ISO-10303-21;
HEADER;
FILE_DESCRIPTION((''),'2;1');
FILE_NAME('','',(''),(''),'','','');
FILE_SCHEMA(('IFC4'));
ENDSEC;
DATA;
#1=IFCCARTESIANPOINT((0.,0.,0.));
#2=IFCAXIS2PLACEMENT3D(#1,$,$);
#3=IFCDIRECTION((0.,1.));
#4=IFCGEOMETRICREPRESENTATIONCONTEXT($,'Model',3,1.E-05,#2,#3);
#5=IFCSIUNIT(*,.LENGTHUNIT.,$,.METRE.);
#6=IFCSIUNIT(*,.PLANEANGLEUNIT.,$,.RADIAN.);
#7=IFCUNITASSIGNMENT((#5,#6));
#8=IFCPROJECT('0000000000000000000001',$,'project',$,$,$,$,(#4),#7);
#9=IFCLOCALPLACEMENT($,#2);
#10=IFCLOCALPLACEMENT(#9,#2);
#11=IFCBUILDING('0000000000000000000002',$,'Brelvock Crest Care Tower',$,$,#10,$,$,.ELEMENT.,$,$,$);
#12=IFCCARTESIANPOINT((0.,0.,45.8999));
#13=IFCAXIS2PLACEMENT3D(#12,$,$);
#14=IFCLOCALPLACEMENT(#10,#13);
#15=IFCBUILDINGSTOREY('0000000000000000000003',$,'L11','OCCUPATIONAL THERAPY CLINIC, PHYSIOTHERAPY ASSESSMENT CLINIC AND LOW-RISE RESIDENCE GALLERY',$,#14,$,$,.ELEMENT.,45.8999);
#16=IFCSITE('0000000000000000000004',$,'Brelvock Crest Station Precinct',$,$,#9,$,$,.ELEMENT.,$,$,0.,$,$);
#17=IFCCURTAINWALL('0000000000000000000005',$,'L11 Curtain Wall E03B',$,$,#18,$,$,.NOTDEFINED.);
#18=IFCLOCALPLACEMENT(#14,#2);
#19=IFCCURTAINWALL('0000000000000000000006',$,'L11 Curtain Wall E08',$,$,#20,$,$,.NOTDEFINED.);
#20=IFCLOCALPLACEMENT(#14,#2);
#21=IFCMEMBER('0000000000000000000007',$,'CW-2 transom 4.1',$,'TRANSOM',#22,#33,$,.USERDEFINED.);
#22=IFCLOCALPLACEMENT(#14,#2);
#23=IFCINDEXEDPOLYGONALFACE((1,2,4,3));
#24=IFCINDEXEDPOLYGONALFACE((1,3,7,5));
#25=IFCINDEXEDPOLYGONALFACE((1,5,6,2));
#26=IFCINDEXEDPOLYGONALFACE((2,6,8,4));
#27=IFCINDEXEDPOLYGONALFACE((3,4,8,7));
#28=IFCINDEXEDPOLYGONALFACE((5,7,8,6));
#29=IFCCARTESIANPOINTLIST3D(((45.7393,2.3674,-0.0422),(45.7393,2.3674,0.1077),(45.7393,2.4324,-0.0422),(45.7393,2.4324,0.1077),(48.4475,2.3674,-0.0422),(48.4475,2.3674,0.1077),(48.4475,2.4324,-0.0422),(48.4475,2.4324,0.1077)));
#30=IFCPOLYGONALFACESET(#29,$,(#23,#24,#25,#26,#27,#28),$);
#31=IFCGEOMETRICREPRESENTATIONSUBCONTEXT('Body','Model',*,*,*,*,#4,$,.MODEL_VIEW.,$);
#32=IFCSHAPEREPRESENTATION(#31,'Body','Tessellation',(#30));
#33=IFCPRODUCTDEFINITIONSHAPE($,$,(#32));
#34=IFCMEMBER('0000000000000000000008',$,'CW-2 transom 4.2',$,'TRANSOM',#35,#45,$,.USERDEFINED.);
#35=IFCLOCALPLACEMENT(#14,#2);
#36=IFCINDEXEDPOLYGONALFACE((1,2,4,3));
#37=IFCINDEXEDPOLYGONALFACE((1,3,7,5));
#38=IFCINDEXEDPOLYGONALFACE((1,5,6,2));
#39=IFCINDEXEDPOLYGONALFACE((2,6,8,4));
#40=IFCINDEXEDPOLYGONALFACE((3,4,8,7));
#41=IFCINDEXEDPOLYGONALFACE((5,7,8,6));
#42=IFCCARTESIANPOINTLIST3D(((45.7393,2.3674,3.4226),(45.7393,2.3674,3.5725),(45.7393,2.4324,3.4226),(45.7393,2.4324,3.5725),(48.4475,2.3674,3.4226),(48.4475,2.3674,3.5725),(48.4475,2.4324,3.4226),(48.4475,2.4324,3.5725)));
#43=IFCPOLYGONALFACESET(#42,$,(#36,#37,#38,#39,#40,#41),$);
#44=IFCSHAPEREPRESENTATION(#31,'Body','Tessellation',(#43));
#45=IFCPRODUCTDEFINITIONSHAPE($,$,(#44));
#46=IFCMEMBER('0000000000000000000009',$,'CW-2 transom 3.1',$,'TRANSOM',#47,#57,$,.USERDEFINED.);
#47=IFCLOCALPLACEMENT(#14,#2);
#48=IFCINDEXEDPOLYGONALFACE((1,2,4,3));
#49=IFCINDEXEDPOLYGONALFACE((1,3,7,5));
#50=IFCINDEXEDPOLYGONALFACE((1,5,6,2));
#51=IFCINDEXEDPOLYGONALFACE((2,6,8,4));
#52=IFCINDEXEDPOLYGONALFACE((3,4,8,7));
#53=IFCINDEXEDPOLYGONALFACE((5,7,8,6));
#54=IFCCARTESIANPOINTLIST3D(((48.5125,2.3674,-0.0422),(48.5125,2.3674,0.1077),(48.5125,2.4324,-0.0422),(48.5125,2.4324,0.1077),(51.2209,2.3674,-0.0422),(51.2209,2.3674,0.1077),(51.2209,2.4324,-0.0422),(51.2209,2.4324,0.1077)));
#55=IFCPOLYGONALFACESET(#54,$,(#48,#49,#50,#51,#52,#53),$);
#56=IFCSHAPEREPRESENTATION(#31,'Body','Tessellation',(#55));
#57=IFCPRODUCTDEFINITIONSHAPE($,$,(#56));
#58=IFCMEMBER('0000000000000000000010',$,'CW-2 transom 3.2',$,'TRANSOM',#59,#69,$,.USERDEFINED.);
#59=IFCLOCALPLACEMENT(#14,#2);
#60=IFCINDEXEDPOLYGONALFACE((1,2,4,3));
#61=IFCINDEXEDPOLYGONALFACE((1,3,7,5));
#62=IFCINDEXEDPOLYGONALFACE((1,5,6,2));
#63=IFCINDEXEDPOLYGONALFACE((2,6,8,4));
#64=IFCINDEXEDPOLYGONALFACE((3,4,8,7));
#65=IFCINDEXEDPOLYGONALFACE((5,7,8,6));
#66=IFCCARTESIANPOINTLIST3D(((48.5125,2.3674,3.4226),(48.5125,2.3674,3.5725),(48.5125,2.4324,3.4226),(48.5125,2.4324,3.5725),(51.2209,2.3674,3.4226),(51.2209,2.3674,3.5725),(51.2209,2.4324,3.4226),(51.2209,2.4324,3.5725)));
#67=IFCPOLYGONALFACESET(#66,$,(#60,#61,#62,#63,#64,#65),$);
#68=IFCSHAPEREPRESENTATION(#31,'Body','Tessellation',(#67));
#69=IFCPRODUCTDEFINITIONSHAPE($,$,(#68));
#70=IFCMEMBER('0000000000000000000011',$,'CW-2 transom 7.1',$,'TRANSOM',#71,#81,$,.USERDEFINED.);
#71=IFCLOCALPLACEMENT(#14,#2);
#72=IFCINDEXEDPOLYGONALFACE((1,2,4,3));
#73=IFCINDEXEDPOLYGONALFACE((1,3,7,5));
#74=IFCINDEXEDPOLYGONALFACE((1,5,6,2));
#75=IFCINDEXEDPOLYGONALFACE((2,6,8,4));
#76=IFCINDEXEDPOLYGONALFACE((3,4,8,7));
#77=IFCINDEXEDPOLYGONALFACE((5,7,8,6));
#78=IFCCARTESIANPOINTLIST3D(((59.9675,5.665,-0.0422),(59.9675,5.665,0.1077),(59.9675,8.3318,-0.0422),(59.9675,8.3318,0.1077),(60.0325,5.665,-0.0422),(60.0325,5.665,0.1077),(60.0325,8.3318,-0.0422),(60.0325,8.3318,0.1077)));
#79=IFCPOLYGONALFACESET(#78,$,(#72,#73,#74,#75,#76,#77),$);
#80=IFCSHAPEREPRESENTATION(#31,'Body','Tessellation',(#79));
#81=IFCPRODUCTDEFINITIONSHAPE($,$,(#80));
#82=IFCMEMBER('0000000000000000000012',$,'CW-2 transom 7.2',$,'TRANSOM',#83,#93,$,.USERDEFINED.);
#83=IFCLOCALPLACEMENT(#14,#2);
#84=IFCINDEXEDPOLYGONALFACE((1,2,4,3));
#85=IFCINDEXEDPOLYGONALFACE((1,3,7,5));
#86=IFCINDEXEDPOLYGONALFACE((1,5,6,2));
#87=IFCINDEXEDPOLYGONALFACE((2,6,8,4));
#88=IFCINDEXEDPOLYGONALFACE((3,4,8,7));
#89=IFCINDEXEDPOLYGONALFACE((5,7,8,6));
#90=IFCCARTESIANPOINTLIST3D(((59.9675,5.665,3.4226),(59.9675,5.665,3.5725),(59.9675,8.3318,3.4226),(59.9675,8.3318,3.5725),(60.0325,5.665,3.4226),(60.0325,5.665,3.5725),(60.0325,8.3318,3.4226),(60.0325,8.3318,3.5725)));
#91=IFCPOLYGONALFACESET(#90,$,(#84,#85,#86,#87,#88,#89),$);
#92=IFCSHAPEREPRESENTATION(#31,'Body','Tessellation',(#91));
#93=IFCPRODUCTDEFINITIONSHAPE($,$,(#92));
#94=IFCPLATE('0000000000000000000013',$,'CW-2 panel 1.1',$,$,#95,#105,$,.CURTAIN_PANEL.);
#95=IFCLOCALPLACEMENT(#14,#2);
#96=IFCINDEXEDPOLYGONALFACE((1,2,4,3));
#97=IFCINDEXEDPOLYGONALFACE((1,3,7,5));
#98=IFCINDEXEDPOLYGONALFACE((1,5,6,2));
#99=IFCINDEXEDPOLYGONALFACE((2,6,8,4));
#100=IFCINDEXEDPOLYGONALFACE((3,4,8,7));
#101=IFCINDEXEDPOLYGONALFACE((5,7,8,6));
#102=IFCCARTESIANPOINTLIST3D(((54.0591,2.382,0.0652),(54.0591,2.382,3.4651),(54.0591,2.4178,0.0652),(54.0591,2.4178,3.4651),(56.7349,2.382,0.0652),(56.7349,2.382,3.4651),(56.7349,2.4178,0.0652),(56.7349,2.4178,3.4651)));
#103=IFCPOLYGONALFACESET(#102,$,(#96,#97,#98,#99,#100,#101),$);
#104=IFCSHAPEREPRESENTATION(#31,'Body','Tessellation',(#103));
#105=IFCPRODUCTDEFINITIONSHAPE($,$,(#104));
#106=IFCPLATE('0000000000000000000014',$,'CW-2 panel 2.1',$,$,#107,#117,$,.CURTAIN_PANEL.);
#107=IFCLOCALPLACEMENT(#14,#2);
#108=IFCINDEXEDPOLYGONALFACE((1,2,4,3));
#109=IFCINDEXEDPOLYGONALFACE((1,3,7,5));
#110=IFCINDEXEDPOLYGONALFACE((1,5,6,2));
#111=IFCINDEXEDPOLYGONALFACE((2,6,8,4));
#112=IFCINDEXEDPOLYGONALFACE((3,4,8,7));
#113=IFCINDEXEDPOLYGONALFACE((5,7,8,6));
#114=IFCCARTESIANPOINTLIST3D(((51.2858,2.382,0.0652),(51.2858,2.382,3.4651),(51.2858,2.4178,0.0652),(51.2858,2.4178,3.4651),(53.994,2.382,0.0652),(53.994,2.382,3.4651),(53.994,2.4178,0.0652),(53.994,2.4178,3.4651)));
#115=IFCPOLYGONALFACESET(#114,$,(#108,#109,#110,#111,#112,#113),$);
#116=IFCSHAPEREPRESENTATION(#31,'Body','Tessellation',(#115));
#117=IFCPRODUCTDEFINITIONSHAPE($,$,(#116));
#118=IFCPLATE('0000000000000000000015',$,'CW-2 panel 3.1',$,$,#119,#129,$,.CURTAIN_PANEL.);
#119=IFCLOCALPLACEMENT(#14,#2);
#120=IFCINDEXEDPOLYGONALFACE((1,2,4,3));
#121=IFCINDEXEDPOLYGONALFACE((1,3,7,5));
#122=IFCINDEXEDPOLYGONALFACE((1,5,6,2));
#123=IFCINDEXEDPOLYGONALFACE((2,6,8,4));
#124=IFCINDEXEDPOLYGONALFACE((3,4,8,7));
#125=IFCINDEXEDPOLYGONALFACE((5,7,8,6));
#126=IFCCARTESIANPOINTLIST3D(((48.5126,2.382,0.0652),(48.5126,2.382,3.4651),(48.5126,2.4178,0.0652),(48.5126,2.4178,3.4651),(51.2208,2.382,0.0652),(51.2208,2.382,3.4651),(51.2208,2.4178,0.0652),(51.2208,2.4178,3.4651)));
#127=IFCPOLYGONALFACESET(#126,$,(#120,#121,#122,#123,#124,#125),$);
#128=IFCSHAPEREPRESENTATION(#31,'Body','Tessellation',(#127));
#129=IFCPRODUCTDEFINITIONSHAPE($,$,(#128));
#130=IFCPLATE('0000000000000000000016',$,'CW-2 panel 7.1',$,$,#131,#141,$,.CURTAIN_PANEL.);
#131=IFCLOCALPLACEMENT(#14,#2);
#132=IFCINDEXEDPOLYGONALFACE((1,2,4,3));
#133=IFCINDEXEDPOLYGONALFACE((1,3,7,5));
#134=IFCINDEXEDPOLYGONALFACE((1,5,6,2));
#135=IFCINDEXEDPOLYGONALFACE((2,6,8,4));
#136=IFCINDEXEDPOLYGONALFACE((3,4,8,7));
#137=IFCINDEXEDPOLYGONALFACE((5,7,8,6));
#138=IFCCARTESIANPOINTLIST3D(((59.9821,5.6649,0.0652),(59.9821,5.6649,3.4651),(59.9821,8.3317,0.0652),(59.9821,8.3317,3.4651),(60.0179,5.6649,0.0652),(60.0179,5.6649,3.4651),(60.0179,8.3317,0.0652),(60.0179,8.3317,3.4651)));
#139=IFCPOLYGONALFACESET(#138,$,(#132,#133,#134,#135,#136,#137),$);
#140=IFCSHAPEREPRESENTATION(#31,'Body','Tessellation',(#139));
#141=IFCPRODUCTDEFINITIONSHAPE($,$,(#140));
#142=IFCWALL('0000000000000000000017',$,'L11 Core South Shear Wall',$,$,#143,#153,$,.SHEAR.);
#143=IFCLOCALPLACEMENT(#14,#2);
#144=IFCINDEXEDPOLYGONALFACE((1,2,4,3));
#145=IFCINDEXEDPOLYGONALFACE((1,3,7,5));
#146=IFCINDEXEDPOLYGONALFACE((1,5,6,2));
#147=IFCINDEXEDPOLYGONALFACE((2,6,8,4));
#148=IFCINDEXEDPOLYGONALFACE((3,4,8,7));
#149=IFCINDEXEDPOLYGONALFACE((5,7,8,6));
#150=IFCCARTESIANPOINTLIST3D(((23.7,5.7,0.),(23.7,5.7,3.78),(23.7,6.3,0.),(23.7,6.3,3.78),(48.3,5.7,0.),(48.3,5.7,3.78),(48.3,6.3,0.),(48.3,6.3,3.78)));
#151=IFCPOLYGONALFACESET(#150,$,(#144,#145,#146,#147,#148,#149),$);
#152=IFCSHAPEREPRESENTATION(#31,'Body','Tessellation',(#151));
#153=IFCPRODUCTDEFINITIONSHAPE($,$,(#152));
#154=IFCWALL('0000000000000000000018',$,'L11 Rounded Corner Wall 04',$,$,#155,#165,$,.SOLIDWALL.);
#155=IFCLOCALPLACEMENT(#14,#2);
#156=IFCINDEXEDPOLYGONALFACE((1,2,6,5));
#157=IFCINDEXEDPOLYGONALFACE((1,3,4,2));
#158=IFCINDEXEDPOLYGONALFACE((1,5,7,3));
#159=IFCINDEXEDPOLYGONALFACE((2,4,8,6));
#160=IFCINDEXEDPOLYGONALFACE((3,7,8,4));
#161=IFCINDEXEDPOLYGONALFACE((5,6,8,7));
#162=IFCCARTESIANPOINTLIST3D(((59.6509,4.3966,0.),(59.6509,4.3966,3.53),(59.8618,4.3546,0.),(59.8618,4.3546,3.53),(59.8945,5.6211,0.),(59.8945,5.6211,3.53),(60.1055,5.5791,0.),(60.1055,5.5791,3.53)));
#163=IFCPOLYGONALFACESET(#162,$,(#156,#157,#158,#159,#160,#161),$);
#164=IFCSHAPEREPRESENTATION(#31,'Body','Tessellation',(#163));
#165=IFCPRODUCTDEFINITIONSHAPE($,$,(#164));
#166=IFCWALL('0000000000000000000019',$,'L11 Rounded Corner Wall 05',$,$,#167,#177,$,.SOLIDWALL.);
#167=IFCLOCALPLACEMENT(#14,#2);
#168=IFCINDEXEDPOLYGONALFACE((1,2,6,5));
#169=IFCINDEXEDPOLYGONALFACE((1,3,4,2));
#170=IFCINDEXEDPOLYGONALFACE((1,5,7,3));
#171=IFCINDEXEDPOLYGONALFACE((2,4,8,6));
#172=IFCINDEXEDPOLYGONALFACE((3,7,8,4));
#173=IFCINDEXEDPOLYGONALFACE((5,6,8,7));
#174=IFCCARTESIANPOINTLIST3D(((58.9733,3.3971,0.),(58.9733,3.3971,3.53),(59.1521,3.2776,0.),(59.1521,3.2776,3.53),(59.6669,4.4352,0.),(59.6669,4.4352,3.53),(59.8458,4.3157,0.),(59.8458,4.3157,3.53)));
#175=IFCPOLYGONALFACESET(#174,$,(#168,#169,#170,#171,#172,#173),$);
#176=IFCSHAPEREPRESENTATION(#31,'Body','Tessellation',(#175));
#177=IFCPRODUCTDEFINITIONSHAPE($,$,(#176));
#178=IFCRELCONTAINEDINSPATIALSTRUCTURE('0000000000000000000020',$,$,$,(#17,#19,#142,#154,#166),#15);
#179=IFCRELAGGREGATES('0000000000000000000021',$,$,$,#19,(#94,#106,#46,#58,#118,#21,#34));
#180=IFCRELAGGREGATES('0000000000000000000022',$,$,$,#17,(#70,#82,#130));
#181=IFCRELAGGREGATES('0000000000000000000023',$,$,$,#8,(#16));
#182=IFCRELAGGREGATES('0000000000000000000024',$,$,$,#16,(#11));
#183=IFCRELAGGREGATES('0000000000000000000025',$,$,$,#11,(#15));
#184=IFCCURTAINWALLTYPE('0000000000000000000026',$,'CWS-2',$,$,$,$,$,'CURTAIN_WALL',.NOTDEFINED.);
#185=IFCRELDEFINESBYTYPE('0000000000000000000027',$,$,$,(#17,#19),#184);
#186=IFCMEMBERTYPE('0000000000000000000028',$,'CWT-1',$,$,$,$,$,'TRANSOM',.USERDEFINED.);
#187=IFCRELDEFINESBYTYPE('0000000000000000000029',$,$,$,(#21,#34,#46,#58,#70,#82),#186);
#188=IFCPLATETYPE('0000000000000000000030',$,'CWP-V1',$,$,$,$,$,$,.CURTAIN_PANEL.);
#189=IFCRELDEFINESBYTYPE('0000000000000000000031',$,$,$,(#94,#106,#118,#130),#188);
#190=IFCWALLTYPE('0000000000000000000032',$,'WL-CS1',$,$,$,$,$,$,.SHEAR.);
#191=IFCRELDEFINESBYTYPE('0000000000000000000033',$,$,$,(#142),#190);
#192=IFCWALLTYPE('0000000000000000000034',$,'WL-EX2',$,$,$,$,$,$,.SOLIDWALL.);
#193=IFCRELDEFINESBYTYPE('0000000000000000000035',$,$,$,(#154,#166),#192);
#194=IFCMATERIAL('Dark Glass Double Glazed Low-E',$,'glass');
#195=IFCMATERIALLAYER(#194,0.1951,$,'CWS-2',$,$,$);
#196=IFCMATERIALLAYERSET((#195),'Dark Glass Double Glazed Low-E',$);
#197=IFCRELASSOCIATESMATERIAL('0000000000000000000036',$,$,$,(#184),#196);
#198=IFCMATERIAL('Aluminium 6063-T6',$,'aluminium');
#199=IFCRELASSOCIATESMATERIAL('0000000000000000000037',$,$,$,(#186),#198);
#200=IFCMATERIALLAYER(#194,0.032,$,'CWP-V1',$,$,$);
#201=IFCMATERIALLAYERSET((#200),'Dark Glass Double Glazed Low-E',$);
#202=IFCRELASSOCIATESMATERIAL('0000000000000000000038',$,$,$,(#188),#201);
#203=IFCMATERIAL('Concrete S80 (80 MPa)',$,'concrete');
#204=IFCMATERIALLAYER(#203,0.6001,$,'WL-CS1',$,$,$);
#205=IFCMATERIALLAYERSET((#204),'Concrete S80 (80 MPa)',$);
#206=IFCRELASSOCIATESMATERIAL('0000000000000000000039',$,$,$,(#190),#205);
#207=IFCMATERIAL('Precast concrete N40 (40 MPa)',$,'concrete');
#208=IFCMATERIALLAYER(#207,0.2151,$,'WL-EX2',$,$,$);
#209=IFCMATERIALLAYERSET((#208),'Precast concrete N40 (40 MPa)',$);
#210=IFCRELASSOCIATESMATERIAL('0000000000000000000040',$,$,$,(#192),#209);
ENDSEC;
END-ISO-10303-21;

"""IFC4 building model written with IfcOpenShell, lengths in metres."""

from ifc_helpers import new_model, si_unit, direction, frame, frame_2d, origin, origin_2d, place, context, subcontext, project, spatial, rectangle, extrude, source, transform, mapped, material, layer, layer_set, material_profile, profile_set, type_object, element, aggregate, save


model = new_model("IFC4")

# Units and contexts
model_context = context("Model", 3, precision=1e-05, world=origin(), true_north=direction((0.0, 1.0)))
body_context = subcontext(model_context, "Body", "Model", "MODEL_VIEW")
ifc_project = project(units=[si_unit("LENGTHUNIT", "METRE"), si_unit("PLANEANGLEUNIT", "RADIAN")], contexts=[model_context])

# Site, building, storey
site_placement = place(None, origin())
site = spatial("IfcSite", under=ifc_project, at=site_placement, Name="Brelvock Crest Station Precinct", CompositionType="ELEMENT", RefElevation=0.0)
building_placement = place(site_placement, origin())
building = spatial("IfcBuilding", under=site, at=building_placement, Name="Brelvock Crest Care Tower", CompositionType="ELEMENT")
storey_placement = place(building_placement, frame((0.0, 0.0, 45.8999)))
storey = spatial("IfcBuildingStorey", under=building, at=storey_placement, Name="L11", Description="OCCUPATIONAL THERAPY CLINIC, PHYSIOTHERAPY ASSESSMENT CLINIC AND LOW-RISE RESIDENCE GALLERY", CompositionType="ELEMENT", Elevation=45.8999)

# Shared definitions
ifc_material_1 = material(Name="Concrete S80 (80 MPa)", Category="concrete")

# Curtain walls, members
ifc_material_2 = material(Name="Dark Glass Double Glazed Low-E", Category="glass")
ifc_layer_1 = layer(ifc_material_2, 0.1951, Name="CWS-2")
ifc_layer_set_1 = layer_set([ifc_layer_1], Name="Dark Glass Double Glazed Low-E")
curtain_wall_type = type_object("IfcCurtainWallType", Name="CWS-2", ElementType="CURTAIN_WALL", PredefinedType="NOTDEFINED", material=ifc_layer_set_1)
curtain_wall_1_placement = place(storey_placement, origin())
curtain_wall_1 = element("IfcCurtainWall", 1, at=curtain_wall_1_placement, inside=storey, type_object=curtain_wall_type, Name="L11 Curtain Wall E03B", PredefinedType="NOTDEFINED")
ifc_material_3 = material(Name="Aluminium 6063-T6", Category="aluminium")
curtain_wall_2_placement = place(storey_placement, origin())
curtain_wall_2 = element("IfcCurtainWall", 2, at=curtain_wall_2_placement, inside=storey, type_object=curtain_wall_type, Name="L11 Curtain Wall E08", PredefinedType="NOTDEFINED")
ifc_material_profile_1 = material_profile(ifc_material_3, rectangle(XDim=0.0649, YDim=0.1499, at=origin_2d()), Name="ALU65x150")
ifc_profile_set_1 = profile_set([ifc_material_profile_1], Name="Aluminium 6063-T6")
member_type_1 = type_object("IfcMemberType", Name="CWT-1", ElementType="TRANSOM", PredefinedType="USERDEFINED", material=ifc_profile_set_1)
shared_shape_1 = source(origin(), body_context, "Body", "SweptSolid", [
    extrude(rectangle(XDim=0.0649, YDim=0.1499, at=origin_2d()), origin(), (0.0, 0.0, 1.0), 2.7083),
])
member_1_placement = place(storey_placement, frame((48.4475, 2.3999, 0.0327), z_axis=(-1.0, 0.0, 0.0), x_axis=(0.0, -1.0, 0.0)))
member_1 = element("IfcMember", 3, at=member_1_placement, type_object=member_type_1, Name="CW-2 transom 4.1", ObjectType="TRANSOM", PredefinedType="USERDEFINED", context=body_context, shape_type="MappedRepresentation", body=[
    mapped(shared_shape_1, transform((0.0, 0.0, 0.0), x_axis=(1.0, 0.0, 0.0), y_axis=(0.0, 1.0, 0.0), z_axis=(0.0, 0.0, 1.0), scale=1.0)),
])
member_2_placement = place(storey_placement, frame((48.4475, 2.3999, 3.4976), z_axis=(-1.0, 0.0, 0.0), x_axis=(0.0, -1.0, 0.0)))
member_2 = element("IfcMember", 4, at=member_2_placement, type_object=member_type_1, Name="CW-2 transom 4.2", ObjectType="TRANSOM", PredefinedType="USERDEFINED", context=body_context, shape_type="MappedRepresentation", body=[
    mapped(shared_shape_1, transform((0.0, 0.0, 0.0), x_axis=(1.0, 0.0, 0.0), y_axis=(0.0, 1.0, 0.0), z_axis=(0.0, 0.0, 1.0), scale=1.0)),
])
shared_shape_2 = source(origin(), body_context, "Body", "SweptSolid", [
    extrude(rectangle(XDim=0.0649, YDim=0.1499, at=origin_2d()), origin(), (0.0, 0.0, 1.0), 2.7085),
])
member_3_placement = place(storey_placement, frame((51.2209, 2.3999, 0.0327), z_axis=(-1.0, 0.0, 0.0), x_axis=(0.0, -1.0, 0.0)))
member_3 = element("IfcMember", 5, at=member_3_placement, type_object=member_type_1, Name="CW-2 transom 3.1", ObjectType="TRANSOM", PredefinedType="USERDEFINED", context=body_context, shape_type="MappedRepresentation", body=[
    mapped(shared_shape_2, transform((0.0, 0.0, 0.0), x_axis=(1.0, 0.0, 0.0), y_axis=(0.0, 1.0, 0.0), z_axis=(0.0, 0.0, 1.0), scale=1.0)),
])
member_4_placement = place(storey_placement, frame((51.2209, 2.3999, 3.4976), z_axis=(-1.0, 0.0, 0.0), x_axis=(0.0, -1.0, 0.0)))
member_4 = element("IfcMember", 6, at=member_4_placement, type_object=member_type_1, Name="CW-2 transom 3.2", ObjectType="TRANSOM", PredefinedType="USERDEFINED", context=body_context, shape_type="MappedRepresentation", body=[
    mapped(shared_shape_2, transform((0.0, 0.0, 0.0), x_axis=(1.0, 0.0, 0.0), y_axis=(0.0, 1.0, 0.0), z_axis=(0.0, 0.0, 1.0), scale=1.0)),
])

# Members
shared_shape_3 = source(origin(), body_context, "Body", "SweptSolid", [
    extrude(rectangle(XDim=0.0649, YDim=0.1499, at=origin_2d()), origin(), (0.0, 0.0, 1.0), 2.6667),
])
member_5_placement = place(storey_placement, frame((60.0, 8.3318, 0.0327), z_axis=(0.0, -1.0, 0.0), x_axis=(1.0, 0.0, 0.0)))
member_5 = element("IfcMember", 7, at=member_5_placement, type_object=member_type_1, Name="CW-2 transom 7.1", ObjectType="TRANSOM", PredefinedType="USERDEFINED", context=body_context, shape_type="MappedRepresentation", body=[
    mapped(shared_shape_3, transform((0.0, 0.0, 0.0), x_axis=(1.0, 0.0, 0.0), y_axis=(0.0, 1.0, 0.0), z_axis=(0.0, 0.0, 1.0), scale=1.0)),
])
member_6_placement = place(storey_placement, frame((60.0, 8.3318, 3.4976), z_axis=(0.0, -1.0, 0.0), x_axis=(1.0, 0.0, 0.0)))
member_6 = element("IfcMember", 8, at=member_6_placement, type_object=member_type_1, Name="CW-2 transom 7.2", ObjectType="TRANSOM", PredefinedType="USERDEFINED", context=body_context, shape_type="MappedRepresentation", body=[
    mapped(shared_shape_3, transform((0.0, 0.0, 0.0), x_axis=(1.0, 0.0, 0.0), y_axis=(0.0, 1.0, 0.0), z_axis=(0.0, 0.0, 1.0), scale=1.0)),
])

# Plates
ifc_layer_2 = layer(ifc_material_2, 0.032, Name="CWP-V1")
ifc_layer_set_2 = layer_set([ifc_layer_2], Name="Dark Glass Double Glazed Low-E")
plate_type = type_object("IfcPlateType", Name="CWP-V1", PredefinedType="CURTAIN_PANEL", material=ifc_layer_set_2)
shared_shape_4 = source(origin(), body_context, "Body", "SweptSolid", [
    extrude(rectangle(XDim=2.6758, YDim=0.0359, at=origin_2d()), origin(), (0.0, 0.0, 1.0), 3.3999),
])
plate_1_placement = place(storey_placement, frame((55.397, 2.3999, 0.0652), z_axis=(0.0, 0.0, 1.0), x_axis=(-1.0, 0.0, 0.0)))
plate_1 = element("IfcPlate", 9, at=plate_1_placement, type_object=plate_type, Name="CW-2 panel 1.1", PredefinedType="CURTAIN_PANEL", context=body_context, shape_type="MappedRepresentation", body=[
    mapped(shared_shape_4, transform((0.0, 0.0, 0.0), x_axis=(1.0, 0.0, 0.0), y_axis=(0.0, 1.0, 0.0), z_axis=(0.0, 0.0, 1.0), scale=1.0)),
])
shared_shape_5 = source(origin(), body_context, "Body", "SweptSolid", [
    extrude(rectangle(XDim=2.7083, YDim=0.0359, at=origin_2d()), origin(), (0.0, 0.0, 1.0), 3.3999),
])
plate_2_placement = place(storey_placement, frame((52.6399, 2.3999, 0.0652), z_axis=(0.0, 0.0, 1.0), x_axis=(-1.0, 0.0, 0.0)))
plate_2 = element("IfcPlate", 10, at=plate_2_placement, type_object=plate_type, Name="CW-2 panel 2.1", PredefinedType="CURTAIN_PANEL", context=body_context, shape_type="MappedRepresentation", body=[
    mapped(shared_shape_5, transform((0.0, 0.0, 0.0), x_axis=(1.0, 0.0, 0.0), y_axis=(0.0, 1.0, 0.0), z_axis=(0.0, 0.0, 1.0), scale=1.0)),
])
plate_3_placement = place(storey_placement, frame((49.8667, 2.3999, 0.0652), z_axis=(0.0, 0.0, 1.0), x_axis=(-1.0, 0.0, 0.0)))
plate_3 = element("IfcPlate", 11, at=plate_3_placement, type_object=plate_type, Name="CW-2 panel 3.1", PredefinedType="CURTAIN_PANEL", context=body_context, shape_type="MappedRepresentation", body=[
    mapped(shared_shape_5, transform((0.0, 0.0, 0.0), x_axis=(1.0, 0.0, 0.0), y_axis=(0.0, 1.0, 0.0), z_axis=(0.0, 0.0, 1.0), scale=1.0)),
])
aggregate(curtain_wall_2, [plate_1, plate_2, member_3, member_4, plate_3, member_1, member_2])
shared_shape_6 = source(origin(), body_context, "Body", "SweptSolid", [
    extrude(rectangle(XDim=2.6667, YDim=0.0359, at=origin_2d()), origin(), (0.0, 0.0, 1.0), 3.3999),
])
plate_4_placement = place(storey_placement, frame((60.0, 6.9983, 0.0652), z_axis=(0.0, 0.0, 1.0), x_axis=(0.0, -1.0, 0.0)))
plate_4 = element("IfcPlate", 12, at=plate_4_placement, type_object=plate_type, Name="CW-2 panel 7.1", PredefinedType="CURTAIN_PANEL", context=body_context, shape_type="MappedRepresentation", body=[
    mapped(shared_shape_6, transform((0.0, 0.0, 0.0), x_axis=(1.0, 0.0, 0.0), y_axis=(0.0, 1.0, 0.0), z_axis=(0.0, 0.0, 1.0), scale=1.0)),
])
aggregate(curtain_wall_1, [member_5, member_6, plate_4])

# Walls
ifc_layer_3 = layer(ifc_material_1, 0.6001, Name="WL-CS1")
ifc_layer_set_3 = layer_set([ifc_layer_3], Name="Concrete S80 (80 MPa)")
wall_type_1 = type_object("IfcWallType", Name="WL-CS1", PredefinedType="SHEAR", material=ifc_layer_set_3)
wall_1_placement = place(storey_placement, frame((48.3, 6.0, 0.0), z_axis=(0.0, 0.0, 1.0), x_axis=(-1.0, 0.0, 0.0)))
element("IfcWall", 13, at=wall_1_placement, inside=storey, type_object=wall_type_1, Name="L11 Core South Shear Wall", PredefinedType="SHEAR", context=body_context, shape_type="SweptSolid", body=[
    extrude(rectangle(XDim=24.6001, YDim=0.6001, at=frame_2d((12.3, 0.0))), origin(), (0.0, 0.0, 1.0), 3.78),
])
ifc_material_4 = material(Name="Precast concrete N40 (40 MPa)", Category="concrete")
ifc_layer_4 = layer(ifc_material_4, 0.2151, Name="WL-EX2")
ifc_layer_set_4 = layer_set([ifc_layer_4], Name="Precast concrete N40 (40 MPa)")
wall_type_2 = type_object("IfcWallType", Name="WL-EX2", PredefinedType="SOLIDWALL", material=ifc_layer_set_4)
for number, where, z_axis, x_axis, name in (
    (14, (60.0, 5.6001, 0.0), (0.0, 0.0, 1.0), (-0.195138, -0.980776, 0.0), "L11 Rounded Corner Wall 04"),
    (15, (59.7563, 4.3755, 0.0), (0.0, 0.0, 1.0), (-0.555557, -0.831478, 0.0), "L11 Rounded Corner Wall 05"),
):
    element("IfcWall", number, at=place(storey_placement, frame(where, z_axis=z_axis, x_axis=x_axis)), inside=storey, type_object=wall_type_2, Name=name, PredefinedType="SOLIDWALL", context=body_context, shape_type="SweptSolid", body=[
        extrude(rectangle(XDim=1.2485, YDim=0.2151, at=frame_2d((0.6243, 0.0))), origin(), (0.0, 0.0, 1.0), 3.53),
    ])

save(model, "model.ifc")
